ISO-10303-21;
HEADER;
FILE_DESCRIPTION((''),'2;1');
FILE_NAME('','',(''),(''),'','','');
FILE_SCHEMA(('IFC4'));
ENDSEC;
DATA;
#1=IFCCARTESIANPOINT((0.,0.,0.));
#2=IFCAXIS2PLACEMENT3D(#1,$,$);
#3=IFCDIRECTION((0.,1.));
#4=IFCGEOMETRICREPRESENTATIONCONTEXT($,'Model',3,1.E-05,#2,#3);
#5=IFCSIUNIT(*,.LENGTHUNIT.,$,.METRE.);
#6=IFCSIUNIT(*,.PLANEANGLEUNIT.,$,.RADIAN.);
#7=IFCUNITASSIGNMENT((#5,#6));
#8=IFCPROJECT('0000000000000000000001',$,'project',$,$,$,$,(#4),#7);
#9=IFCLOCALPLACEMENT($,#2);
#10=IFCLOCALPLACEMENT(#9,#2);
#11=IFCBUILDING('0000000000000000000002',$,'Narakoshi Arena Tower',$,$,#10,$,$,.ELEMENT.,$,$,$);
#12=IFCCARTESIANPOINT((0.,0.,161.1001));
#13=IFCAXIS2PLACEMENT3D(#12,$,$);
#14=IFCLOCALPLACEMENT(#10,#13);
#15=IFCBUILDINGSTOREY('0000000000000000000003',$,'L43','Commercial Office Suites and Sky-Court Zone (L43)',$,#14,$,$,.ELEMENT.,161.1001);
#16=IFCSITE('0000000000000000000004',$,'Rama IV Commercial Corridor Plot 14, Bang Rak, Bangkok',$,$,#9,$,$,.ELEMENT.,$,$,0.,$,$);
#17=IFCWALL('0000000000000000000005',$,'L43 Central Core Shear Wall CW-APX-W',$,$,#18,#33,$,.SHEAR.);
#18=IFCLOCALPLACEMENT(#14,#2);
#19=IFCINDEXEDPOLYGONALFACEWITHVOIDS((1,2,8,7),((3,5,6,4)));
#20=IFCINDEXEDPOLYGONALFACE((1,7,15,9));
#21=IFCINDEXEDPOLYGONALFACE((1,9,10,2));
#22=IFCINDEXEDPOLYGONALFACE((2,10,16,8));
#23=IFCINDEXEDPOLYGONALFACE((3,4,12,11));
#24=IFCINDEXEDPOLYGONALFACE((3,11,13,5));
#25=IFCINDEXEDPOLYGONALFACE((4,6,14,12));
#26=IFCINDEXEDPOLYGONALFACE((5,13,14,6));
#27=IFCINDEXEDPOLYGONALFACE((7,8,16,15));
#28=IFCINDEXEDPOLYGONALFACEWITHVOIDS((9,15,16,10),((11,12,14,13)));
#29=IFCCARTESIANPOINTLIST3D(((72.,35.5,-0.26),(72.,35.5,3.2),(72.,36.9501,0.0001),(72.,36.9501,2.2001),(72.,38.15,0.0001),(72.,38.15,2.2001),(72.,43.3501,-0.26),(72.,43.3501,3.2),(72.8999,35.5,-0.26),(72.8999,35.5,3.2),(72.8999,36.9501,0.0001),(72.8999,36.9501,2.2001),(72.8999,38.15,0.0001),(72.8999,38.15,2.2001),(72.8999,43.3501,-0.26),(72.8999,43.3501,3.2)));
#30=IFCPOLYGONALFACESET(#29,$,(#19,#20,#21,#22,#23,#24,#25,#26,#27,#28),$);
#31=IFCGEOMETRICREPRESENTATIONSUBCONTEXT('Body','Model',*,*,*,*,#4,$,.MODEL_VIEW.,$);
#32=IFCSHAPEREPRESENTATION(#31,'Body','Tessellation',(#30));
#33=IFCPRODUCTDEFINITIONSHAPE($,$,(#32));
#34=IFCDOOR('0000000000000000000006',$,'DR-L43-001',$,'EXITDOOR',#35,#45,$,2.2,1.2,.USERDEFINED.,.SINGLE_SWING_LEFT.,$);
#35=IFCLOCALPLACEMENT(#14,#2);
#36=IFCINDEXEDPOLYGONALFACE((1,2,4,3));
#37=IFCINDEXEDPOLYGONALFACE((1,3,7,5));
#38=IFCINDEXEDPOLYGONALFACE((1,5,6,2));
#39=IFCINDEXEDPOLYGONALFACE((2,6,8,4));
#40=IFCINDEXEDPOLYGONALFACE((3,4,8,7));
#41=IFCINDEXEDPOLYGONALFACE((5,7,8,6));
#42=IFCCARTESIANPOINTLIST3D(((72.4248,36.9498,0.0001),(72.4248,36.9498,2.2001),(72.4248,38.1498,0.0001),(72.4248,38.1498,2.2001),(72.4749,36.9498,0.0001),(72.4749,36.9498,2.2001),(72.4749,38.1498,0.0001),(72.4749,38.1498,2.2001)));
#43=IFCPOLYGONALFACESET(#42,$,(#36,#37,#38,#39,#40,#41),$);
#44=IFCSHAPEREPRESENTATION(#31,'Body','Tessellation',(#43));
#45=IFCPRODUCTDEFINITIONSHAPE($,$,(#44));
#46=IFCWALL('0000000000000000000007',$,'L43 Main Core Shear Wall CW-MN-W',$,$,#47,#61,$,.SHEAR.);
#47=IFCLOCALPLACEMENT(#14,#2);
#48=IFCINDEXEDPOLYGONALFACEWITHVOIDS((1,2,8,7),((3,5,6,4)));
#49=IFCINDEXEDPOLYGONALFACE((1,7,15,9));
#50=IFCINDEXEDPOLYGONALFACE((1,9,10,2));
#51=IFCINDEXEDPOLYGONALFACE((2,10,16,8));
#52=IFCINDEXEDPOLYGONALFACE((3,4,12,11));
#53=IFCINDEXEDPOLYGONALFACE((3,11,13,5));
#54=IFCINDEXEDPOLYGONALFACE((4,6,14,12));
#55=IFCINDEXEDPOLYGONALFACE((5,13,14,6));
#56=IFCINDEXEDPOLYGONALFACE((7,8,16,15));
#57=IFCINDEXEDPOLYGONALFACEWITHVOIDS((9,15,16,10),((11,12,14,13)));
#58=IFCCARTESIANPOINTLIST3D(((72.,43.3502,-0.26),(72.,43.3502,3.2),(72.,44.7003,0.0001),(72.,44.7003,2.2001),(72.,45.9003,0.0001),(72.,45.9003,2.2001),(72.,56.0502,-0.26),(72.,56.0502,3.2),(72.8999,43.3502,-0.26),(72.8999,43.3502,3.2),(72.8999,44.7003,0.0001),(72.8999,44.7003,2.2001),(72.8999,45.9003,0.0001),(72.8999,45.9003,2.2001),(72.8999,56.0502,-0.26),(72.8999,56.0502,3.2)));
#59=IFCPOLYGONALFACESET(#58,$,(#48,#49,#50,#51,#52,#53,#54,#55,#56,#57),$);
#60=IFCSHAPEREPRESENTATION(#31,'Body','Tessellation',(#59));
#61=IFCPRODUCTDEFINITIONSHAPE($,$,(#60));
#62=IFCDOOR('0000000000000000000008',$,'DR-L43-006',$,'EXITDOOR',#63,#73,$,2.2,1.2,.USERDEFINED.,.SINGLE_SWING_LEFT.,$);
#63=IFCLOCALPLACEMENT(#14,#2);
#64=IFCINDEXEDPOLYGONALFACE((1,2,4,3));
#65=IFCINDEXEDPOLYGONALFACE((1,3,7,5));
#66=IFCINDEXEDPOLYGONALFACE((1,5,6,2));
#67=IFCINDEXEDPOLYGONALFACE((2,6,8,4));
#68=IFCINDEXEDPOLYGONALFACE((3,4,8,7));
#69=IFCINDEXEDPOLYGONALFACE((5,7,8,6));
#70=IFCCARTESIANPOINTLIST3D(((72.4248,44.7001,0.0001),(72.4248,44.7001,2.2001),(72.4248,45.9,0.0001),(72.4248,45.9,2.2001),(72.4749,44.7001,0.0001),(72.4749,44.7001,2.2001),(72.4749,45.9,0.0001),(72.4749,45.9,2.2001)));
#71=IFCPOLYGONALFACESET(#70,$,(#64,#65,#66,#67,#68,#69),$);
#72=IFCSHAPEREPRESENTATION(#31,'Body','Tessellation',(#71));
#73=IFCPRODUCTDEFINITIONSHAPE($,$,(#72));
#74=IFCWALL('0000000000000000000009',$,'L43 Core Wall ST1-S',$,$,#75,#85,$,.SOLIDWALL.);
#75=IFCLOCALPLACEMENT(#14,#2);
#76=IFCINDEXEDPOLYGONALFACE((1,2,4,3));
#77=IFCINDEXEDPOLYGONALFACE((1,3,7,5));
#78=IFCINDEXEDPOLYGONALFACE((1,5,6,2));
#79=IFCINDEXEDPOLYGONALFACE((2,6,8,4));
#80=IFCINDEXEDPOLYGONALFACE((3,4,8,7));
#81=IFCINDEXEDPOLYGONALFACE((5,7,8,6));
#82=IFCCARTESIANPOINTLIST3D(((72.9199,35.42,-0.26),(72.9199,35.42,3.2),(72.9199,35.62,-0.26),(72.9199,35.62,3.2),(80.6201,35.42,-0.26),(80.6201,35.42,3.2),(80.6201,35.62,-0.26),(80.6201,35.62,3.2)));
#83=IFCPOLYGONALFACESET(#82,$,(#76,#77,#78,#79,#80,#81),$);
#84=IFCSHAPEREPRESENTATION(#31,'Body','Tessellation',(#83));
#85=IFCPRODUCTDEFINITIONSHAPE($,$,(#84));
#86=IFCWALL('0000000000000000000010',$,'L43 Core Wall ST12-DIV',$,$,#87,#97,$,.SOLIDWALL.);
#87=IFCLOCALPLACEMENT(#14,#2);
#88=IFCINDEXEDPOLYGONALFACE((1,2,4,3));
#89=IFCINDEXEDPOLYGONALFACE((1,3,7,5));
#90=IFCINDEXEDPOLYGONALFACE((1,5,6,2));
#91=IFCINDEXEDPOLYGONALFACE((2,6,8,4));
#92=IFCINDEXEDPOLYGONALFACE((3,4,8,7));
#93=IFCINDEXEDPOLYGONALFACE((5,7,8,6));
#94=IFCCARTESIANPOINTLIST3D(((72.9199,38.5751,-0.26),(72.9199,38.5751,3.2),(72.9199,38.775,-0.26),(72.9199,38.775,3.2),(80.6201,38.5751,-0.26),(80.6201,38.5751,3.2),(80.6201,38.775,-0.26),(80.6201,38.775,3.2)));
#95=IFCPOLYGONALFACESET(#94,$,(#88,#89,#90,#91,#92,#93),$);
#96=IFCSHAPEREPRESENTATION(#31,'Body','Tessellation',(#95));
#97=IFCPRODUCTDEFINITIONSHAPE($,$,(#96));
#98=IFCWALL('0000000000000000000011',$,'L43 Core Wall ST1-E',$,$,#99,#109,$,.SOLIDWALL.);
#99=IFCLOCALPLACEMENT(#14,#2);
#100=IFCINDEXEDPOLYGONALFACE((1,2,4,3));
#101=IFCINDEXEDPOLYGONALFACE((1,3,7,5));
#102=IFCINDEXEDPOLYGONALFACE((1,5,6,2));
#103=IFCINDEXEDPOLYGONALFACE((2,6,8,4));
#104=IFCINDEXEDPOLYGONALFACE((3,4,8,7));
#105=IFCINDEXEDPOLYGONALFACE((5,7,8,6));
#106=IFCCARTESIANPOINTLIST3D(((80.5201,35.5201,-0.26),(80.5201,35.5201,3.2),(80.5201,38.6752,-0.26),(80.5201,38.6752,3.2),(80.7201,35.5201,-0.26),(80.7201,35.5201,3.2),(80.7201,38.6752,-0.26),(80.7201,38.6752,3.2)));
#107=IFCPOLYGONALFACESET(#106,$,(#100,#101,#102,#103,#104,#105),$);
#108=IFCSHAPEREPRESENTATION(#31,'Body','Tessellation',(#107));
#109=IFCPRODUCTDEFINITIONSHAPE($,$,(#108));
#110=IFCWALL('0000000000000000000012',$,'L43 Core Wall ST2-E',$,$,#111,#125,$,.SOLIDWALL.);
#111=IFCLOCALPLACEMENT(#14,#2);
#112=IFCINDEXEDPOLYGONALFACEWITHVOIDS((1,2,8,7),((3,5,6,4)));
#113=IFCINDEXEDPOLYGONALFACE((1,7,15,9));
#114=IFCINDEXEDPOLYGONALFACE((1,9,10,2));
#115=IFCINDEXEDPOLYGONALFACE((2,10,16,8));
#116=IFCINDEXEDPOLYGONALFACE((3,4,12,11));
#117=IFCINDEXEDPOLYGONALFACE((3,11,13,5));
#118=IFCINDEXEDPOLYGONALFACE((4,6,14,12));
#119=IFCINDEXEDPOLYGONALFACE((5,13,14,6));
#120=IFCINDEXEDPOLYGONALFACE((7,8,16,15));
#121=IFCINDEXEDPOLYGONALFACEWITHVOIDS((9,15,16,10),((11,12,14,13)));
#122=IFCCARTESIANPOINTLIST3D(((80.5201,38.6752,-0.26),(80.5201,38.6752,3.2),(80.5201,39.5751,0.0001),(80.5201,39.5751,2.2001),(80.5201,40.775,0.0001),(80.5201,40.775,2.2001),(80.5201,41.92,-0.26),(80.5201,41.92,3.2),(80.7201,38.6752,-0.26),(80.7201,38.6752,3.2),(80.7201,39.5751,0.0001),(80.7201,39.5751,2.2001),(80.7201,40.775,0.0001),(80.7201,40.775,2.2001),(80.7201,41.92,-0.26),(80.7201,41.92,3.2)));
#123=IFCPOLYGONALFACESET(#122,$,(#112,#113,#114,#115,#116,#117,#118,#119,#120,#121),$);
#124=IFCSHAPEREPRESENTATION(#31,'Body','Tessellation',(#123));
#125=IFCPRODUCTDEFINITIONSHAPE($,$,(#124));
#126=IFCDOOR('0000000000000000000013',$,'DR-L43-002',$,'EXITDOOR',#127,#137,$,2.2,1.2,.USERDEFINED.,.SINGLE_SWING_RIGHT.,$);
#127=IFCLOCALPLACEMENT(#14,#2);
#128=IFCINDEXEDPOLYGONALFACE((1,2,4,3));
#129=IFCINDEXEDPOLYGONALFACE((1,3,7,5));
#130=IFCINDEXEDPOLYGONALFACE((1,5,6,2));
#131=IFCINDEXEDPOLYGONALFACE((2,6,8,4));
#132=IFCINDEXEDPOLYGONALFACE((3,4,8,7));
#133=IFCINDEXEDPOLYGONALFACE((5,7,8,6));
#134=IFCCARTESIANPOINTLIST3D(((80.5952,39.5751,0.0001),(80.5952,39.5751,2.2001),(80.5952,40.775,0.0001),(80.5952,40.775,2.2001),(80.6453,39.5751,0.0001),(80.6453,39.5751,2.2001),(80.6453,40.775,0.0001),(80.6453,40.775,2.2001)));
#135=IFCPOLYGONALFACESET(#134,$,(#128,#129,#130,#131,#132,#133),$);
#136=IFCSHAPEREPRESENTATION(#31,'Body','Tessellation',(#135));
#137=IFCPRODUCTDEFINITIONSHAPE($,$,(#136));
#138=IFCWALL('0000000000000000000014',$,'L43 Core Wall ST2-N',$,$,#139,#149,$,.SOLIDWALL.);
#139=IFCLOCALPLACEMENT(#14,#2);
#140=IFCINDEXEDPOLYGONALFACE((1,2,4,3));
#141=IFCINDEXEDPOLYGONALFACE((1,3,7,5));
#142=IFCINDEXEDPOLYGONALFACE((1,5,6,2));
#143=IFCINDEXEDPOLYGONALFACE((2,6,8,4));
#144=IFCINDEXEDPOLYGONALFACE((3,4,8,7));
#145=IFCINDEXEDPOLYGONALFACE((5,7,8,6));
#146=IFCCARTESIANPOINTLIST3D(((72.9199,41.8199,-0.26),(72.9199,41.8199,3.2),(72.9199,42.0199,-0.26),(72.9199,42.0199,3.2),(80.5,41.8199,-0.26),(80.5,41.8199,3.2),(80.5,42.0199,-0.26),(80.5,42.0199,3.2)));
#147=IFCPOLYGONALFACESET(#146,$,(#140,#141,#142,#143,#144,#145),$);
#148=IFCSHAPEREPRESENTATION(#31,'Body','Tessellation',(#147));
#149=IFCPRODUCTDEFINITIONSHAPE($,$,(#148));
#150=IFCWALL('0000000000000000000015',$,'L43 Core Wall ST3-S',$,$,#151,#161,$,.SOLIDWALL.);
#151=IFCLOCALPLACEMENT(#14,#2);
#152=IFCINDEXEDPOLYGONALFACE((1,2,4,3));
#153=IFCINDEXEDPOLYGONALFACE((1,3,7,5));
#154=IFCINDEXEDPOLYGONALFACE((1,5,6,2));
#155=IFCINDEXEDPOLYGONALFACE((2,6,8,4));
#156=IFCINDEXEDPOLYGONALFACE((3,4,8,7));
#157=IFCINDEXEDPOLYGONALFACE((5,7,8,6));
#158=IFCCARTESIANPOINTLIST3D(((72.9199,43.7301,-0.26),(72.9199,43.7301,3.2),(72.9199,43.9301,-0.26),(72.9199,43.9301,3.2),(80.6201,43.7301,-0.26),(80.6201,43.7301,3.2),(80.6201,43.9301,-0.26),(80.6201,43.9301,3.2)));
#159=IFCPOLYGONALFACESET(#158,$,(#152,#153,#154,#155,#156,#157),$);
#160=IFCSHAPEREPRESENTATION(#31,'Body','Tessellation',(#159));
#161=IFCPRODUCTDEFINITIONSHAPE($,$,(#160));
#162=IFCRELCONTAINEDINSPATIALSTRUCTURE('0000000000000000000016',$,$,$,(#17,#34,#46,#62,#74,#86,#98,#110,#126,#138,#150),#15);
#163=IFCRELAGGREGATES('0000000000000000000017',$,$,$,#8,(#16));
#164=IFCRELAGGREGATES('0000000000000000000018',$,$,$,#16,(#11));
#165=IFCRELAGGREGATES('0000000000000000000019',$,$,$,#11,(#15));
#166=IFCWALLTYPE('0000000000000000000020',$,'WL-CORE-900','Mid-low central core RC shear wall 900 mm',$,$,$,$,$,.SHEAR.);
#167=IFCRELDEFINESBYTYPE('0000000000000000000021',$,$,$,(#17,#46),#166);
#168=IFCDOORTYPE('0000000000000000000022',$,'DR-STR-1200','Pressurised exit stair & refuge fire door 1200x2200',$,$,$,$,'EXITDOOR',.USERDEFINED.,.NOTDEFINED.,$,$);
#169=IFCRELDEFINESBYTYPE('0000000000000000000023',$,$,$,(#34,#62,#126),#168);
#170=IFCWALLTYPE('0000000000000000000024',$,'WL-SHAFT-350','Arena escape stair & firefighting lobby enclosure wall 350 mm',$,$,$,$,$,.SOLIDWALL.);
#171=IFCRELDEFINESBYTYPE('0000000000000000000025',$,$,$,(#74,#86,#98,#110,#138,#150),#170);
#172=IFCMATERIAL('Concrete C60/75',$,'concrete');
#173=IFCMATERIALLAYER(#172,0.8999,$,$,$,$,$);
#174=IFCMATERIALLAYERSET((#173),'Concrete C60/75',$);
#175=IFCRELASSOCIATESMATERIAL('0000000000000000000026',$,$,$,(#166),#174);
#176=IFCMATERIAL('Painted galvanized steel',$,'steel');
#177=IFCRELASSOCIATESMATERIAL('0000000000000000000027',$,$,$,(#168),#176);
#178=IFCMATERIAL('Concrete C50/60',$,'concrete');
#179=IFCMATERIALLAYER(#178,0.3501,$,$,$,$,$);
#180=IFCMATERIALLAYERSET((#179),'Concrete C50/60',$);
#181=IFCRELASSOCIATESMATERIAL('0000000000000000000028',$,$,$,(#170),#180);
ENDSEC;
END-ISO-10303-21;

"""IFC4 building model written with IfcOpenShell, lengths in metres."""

from ifc_helpers import new_model, si_unit, direction, frame, frame_2d, origin, place, context, subcontext, project, spatial, rectangle, extrude, material, layer, layer_set, type_object, element, fill, save


model = new_model("IFC4")

# Units and contexts
model_context = context("Model", 3, precision=1e-05, world=origin(), true_north=direction((0.0, 1.0)))
body_context = subcontext(model_context, "Body", "Model", "MODEL_VIEW")
ifc_project = project(units=[si_unit("LENGTHUNIT", "METRE"), si_unit("PLANEANGLEUNIT", "RADIAN")], contexts=[model_context])

# Site, building, storey
site_placement = place(None, origin())
site = spatial("IfcSite", under=ifc_project, at=site_placement, Name="Rama IV Commercial Corridor Plot 14, Bang Rak, Bangkok", CompositionType="ELEMENT", RefElevation=0.0)
building_placement = place(site_placement, origin())
building = spatial("IfcBuilding", under=site, at=building_placement, Name="Narakoshi Arena Tower", CompositionType="ELEMENT")
storey_placement = place(building_placement, frame((0.0, 0.0, 161.1001)))
storey = spatial("IfcBuildingStorey", under=building, at=storey_placement, Name="L43", Description="Commercial Office Suites and Sky-Court Zone (L43)", CompositionType="ELEMENT", Elevation=161.1001)

# Walls, openings, doors
ifc_material_1 = material(Name="Concrete C60/75", Category="concrete")
ifc_layer_1 = layer(ifc_material_1, 0.8999)
ifc_layer_set_1 = layer_set([ifc_layer_1], Name="Concrete C60/75")
wall_type_1 = type_object("IfcWallType", Name="WL-CORE-900", Description="Mid-low central core RC shear wall 900 mm", PredefinedType="SHEAR", material=ifc_layer_set_1)
wall_1_placement = place(storey_placement, frame((72.45, 35.5, -0.26), z_axis=(0.0, 0.0, 1.0), x_axis=(0.0, 1.0, 0.0)))
wall_1 = element("IfcWall", 1, at=wall_1_placement, inside=storey, type_object=wall_type_1, Name="L43 Central Core Shear Wall CW-APX-W", PredefinedType="SHEAR", context=body_context, shape_type="SweptSolid", body=[
    extrude(rectangle(XDim=7.8501, YDim=0.8999, at=frame_2d((3.925, 0.0))), origin(), (0.0, 0.0, 1.0), 3.46),
])
opening_1_placement = place(wall_1_placement, frame((1.45, 0.0, 0.26)))
opening_1 = element("IfcOpeningElement", 2, at=opening_1_placement, cuts=wall_1, PredefinedType="OPENING", context=body_context, shape_type="SweptSolid", body=[
    extrude(rectangle(XDim=1.2, YDim=2.2, at=frame_2d((0.6001, 1.1001))), frame((0.0, 0.46, 0.0), z_axis=(0.0, -1.0, 0.0), x_axis=(1.0, 0.0, 0.0)), (0.0, 0.0, 1.0), 0.9199),
])
ifc_material_2 = material(Name="Painted galvanized steel", Category="steel")
door_type = type_object("IfcDoorType", Name="DR-STR-1200", Description="Pressurised exit stair & refuge fire door 1200x2200", ElementType="EXITDOOR", OperationType="NOTDEFINED", PredefinedType="USERDEFINED", material=ifc_material_2)
door_1_placement = place(opening_1_placement, frame((1.2, 0.0, 0.0), z_axis=(0.0, 0.0, 1.0), x_axis=(-1.0, 0.0, 0.0)))
door_1 = element("IfcDoor", 3, at=door_1_placement, inside=storey, type_object=door_type, Name="DR-L43-001", ObjectType="EXITDOOR", OperationType="SINGLE_SWING_LEFT", OverallHeight=2.2, OverallWidth=1.2, PredefinedType="USERDEFINED", context=body_context, shape_type="SweptSolid", body=[
    extrude(rectangle(XDim=1.2, YDim=2.2, at=frame_2d((0.6001, 1.1001))), frame((0.0, 0.0249, 0.0), z_axis=(0.0, -1.0, 0.0), x_axis=(1.0, 0.0, 0.0)), (0.0, 0.0, 1.0), 0.05),
])
fill(opening_1, door_1)
wall_2_placement = place(storey_placement, frame((72.45, 43.3501, -0.26), z_axis=(0.0, 0.0, 1.0), x_axis=(0.0, 1.0, 0.0)))
wall_2 = element("IfcWall", 4, at=wall_2_placement, inside=storey, type_object=wall_type_1, Name="L43 Main Core Shear Wall CW-MN-W", PredefinedType="SHEAR", context=body_context, shape_type="SweptSolid", body=[
    extrude(rectangle(XDim=12.7, YDim=0.8999, at=frame_2d((6.3501, 0.0))), origin(), (0.0, 0.0, 1.0), 3.46),
])
opening_2_placement = place(wall_2_placement, frame((1.3501, 0.0, 0.26)))
opening_2 = element("IfcOpeningElement", 5, at=opening_2_placement, cuts=wall_2, PredefinedType="OPENING", context=body_context, shape_type="SweptSolid", body=[
    extrude(rectangle(XDim=1.2, YDim=2.2, at=frame_2d((0.6001, 1.1001))), frame((0.0, 0.46, 0.0), z_axis=(0.0, -1.0, 0.0), x_axis=(1.0, 0.0, 0.0)), (0.0, 0.0, 1.0), 0.9199),
])
door_2_placement = place(opening_2_placement, frame((1.2, 0.0, 0.0), z_axis=(0.0, 0.0, 1.0), x_axis=(-1.0, 0.0, 0.0)))
door_2 = element("IfcDoor", 6, at=door_2_placement, inside=storey, type_object=door_type, Name="DR-L43-006", ObjectType="EXITDOOR", OperationType="SINGLE_SWING_LEFT", OverallHeight=2.2, OverallWidth=1.2, PredefinedType="USERDEFINED", context=body_context, shape_type="SweptSolid", body=[
    extrude(rectangle(XDim=1.2, YDim=2.2, at=frame_2d((0.6001, 1.1001))), frame((0.0, 0.0249, 0.0), z_axis=(0.0, -1.0, 0.0), x_axis=(1.0, 0.0, 0.0)), (0.0, 0.0, 1.0), 0.05),
])
fill(opening_2, door_2)

# Walls
ifc_material_3 = material(Name="Concrete C50/60", Category="concrete")
ifc_layer_2 = layer(ifc_material_3, 0.3501)
ifc_layer_set_2 = layer_set([ifc_layer_2], Name="Concrete C50/60")
wall_type_2 = type_object("IfcWallType", Name="WL-SHAFT-350", Description="Arena escape stair & firefighting lobby enclosure wall 350 mm", PredefinedType="SOLIDWALL", material=ifc_layer_set_2)
for number, where, z_axis, x_axis, name in (
    (7, (72.9199, 35.52, -0.26), (0.0, 0.0, 1.0), (1.0, 0.0, 0.0), "L43 Core Wall ST1-S"),
    (8, (72.9199, 38.675, -0.26), (0.0, 0.0, 1.0), (1.0, 0.0, 0.0), "L43 Core Wall ST12-DIV"),
):
    element("IfcWall", number, at=place(storey_placement, frame(where, z_axis=z_axis, x_axis=x_axis)), inside=storey, type_object=wall_type_2, Name=name, PredefinedType="SOLIDWALL", context=body_context, shape_type="SweptSolid", body=[
        extrude(rectangle(XDim=7.7002, YDim=0.2, at=frame_2d((3.8501, 0.0))), origin(), (0.0, 0.0, 1.0), 3.46),
    ])
wall_3_placement = place(storey_placement, frame((80.6201, 35.52, -0.26), z_axis=(0.0, 0.0, 1.0), x_axis=(0.0, 1.0, 0.0)))
element("IfcWall", 9, at=wall_3_placement, inside=storey, type_object=wall_type_2, Name="L43 Core Wall ST1-E", PredefinedType="SOLIDWALL", context=body_context, shape_type="SweptSolid", body=[
    extrude(rectangle(XDim=3.155, YDim=0.2, at=frame_2d((1.5776, 0.0))), origin(), (0.0, 0.0, 1.0), 3.46),
])

# Wall, opening, door
wall_4_placement = place(storey_placement, frame((80.6201, 38.675, -0.26), z_axis=(0.0, 0.0, 1.0), x_axis=(0.0, 1.0, 0.0)))
wall_4 = element("IfcWall", 10, at=wall_4_placement, inside=storey, type_object=wall_type_2, Name="L43 Core Wall ST2-E", PredefinedType="SOLIDWALL", context=body_context, shape_type="SweptSolid", body=[
    extrude(rectangle(XDim=3.2449, YDim=0.2, at=frame_2d((1.6226, 0.0))), origin(), (0.0, 0.0, 1.0), 3.46),
])
opening_3_placement = place(wall_4_placement, frame((0.8999, 0.0, 0.26)))
opening_3 = element("IfcOpeningElement", 11, at=opening_3_placement, cuts=wall_4, PredefinedType="OPENING", context=body_context, shape_type="SweptSolid", body=[
    extrude(rectangle(XDim=1.2, YDim=2.2, at=frame_2d((0.6001, 1.1001))), frame((0.0, 0.1099, 0.0), z_axis=(0.0, -1.0, 0.0), x_axis=(1.0, 0.0, 0.0)), (0.0, 0.0, 1.0), 0.22),
])
door_3_placement = place(opening_3_placement, origin())
door_3 = element("IfcDoor", 12, at=door_3_placement, inside=storey, type_object=door_type, Name="DR-L43-002", ObjectType="EXITDOOR", OperationType="SINGLE_SWING_RIGHT", OverallHeight=2.2, OverallWidth=1.2, PredefinedType="USERDEFINED", context=body_context, shape_type="SweptSolid", body=[
    extrude(rectangle(XDim=1.2, YDim=2.2, at=frame_2d((0.6001, 1.1001))), frame((0.0, 0.0249, 0.0), z_axis=(0.0, -1.0, 0.0), x_axis=(1.0, 0.0, 0.0)), (0.0, 0.0, 1.0), 0.05),
])
fill(opening_3, door_3)

# Walls
wall_5_placement = place(storey_placement, frame((72.9199, 41.9199, -0.26), z_axis=(0.0, 0.0, 1.0), x_axis=(1.0, 0.0, 0.0)))
element("IfcWall", 13, at=wall_5_placement, inside=storey, type_object=wall_type_2, Name="L43 Core Wall ST2-N", PredefinedType="SOLIDWALL", context=body_context, shape_type="SweptSolid", body=[
    extrude(rectangle(XDim=7.5801, YDim=0.2, at=frame_2d((3.79, 0.0))), origin(), (0.0, 0.0, 1.0), 3.46),
])
wall_6_placement = place(storey_placement, frame((72.9199, 43.8301, -0.26), z_axis=(0.0, 0.0, 1.0), x_axis=(1.0, 0.0, 0.0)))
element("IfcWall", 14, at=wall_6_placement, inside=storey, type_object=wall_type_2, Name="L43 Core Wall ST3-S", PredefinedType="SOLIDWALL", context=body_context, shape_type="SweptSolid", body=[
    extrude(rectangle(XDim=7.7002, YDim=0.2, at=frame_2d((3.8501, 0.0))), origin(), (0.0, 0.0, 1.0), 3.46),
])

save(model, "model.ifc")
